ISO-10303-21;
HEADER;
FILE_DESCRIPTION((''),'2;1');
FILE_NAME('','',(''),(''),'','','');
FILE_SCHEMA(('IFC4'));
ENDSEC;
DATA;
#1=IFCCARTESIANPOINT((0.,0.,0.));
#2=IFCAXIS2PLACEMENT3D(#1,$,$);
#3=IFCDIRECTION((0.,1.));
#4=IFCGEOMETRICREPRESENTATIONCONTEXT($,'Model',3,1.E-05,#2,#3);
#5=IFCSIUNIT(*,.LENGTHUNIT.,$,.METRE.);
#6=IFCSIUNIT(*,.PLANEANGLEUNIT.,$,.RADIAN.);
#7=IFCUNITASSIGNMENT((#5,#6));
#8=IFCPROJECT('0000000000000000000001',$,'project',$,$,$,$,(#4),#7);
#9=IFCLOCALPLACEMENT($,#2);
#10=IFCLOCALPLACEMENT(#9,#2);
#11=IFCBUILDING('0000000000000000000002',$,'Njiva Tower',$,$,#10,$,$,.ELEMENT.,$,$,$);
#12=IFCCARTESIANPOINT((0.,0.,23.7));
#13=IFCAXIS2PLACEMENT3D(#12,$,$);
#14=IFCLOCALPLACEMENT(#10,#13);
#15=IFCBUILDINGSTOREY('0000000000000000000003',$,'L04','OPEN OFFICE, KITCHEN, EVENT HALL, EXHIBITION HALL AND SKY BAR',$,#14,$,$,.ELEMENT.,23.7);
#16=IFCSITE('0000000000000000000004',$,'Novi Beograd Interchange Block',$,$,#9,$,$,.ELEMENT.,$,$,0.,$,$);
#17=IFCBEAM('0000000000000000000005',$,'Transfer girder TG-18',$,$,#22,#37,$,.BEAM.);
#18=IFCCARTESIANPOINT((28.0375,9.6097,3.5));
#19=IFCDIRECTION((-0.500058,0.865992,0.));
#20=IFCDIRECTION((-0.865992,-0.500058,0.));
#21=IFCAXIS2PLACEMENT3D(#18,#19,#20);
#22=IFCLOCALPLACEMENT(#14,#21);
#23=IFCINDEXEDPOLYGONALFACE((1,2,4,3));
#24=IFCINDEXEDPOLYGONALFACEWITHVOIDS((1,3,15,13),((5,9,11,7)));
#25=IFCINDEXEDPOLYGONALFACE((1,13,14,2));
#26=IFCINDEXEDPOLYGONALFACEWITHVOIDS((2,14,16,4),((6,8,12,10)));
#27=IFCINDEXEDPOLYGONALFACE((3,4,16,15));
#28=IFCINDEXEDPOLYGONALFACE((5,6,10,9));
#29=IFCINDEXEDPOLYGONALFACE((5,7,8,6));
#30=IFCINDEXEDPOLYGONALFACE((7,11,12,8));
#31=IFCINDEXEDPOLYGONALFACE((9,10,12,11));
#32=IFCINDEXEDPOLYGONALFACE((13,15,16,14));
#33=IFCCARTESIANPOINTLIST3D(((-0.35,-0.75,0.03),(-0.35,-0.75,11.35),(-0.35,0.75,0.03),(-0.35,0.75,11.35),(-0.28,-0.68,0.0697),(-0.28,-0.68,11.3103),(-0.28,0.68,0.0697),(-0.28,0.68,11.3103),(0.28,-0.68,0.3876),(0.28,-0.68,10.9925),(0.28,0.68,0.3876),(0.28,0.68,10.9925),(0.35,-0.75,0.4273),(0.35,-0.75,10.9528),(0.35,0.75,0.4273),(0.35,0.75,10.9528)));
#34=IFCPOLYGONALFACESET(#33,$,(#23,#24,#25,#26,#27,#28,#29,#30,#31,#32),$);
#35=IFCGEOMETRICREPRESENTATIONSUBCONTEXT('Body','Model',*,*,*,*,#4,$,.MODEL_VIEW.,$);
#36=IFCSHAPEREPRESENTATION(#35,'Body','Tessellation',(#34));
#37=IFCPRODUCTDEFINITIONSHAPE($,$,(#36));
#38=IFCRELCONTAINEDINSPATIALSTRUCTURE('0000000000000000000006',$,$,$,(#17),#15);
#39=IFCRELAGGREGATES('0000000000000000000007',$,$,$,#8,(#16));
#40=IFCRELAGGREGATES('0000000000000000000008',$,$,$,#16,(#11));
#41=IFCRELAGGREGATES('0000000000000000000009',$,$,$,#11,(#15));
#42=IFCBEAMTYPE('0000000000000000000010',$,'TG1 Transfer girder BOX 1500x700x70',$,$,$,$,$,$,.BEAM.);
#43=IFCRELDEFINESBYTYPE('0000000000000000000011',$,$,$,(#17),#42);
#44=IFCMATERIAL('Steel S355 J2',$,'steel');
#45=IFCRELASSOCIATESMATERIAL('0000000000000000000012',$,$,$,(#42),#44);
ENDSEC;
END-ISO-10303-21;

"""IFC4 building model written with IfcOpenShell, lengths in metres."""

from ifc_helpers import new_model, si_unit, direction, frame, origin, origin_2d, place, context, subcontext, project, spatial, hollow_rectangle, extrude, clip, halfspace, material, material_profile, profile_set, type_object, element, save


model = new_model("IFC4")

# Units and contexts
model_context = context("Model", 3, precision=1e-05, world=origin(), true_north=direction((0.0, 1.0)))
body_context = subcontext(model_context, "Body", "Model", "MODEL_VIEW")
ifc_project = project(units=[si_unit("LENGTHUNIT", "METRE"), si_unit("PLANEANGLEUNIT", "RADIAN")], contexts=[model_context])

# Site, building, storey
site_placement = place(None, origin())
site = spatial("IfcSite", under=ifc_project, at=site_placement, Name="Novi Beograd Interchange Block", CompositionType="ELEMENT", RefElevation=0.0)
building_placement = place(site_placement, origin())
building = spatial("IfcBuilding", under=site, at=building_placement, Name="Njiva Tower", CompositionType="ELEMENT")
storey_placement = place(building_placement, frame((0.0, 0.0, 23.7)))
storey = spatial("IfcBuildingStorey", under=building, at=storey_placement, Name="L04", Description="OPEN OFFICE, KITCHEN, EVENT HALL, EXHIBITION HALL AND SKY BAR", CompositionType="ELEMENT", Elevation=23.7)

# Shared definitions
ifc_material_1 = material(Name="Steel S355 J2", Category="steel")

# Beam
ifc_material_profile_1 = material_profile(ifc_material_1, hollow_rectangle(XDim=0.7, YDim=1.5, WallThickness=0.07, at=origin_2d()), Name="BOX 1500x700x70")
ifc_profile_set_1 = profile_set([ifc_material_profile_1], Name="Steel S355 J2")
beam_type_1 = type_object("IfcBeamType", Name="TG1 Transfer girder BOX 1500x700x70", PredefinedType="BEAM", material=ifc_profile_set_1)
beam_1_placement = place(storey_placement, frame((28.0375, 9.6097, 3.5), z_axis=(-0.500058, 0.865992, 0.0), x_axis=(-0.865992, -0.500058, 0.0)))
element("IfcBeam", 1, at=beam_1_placement, inside=storey, type_object=beam_type_1, Name="Transfer girder TG-18", PredefinedType="BEAM", context=body_context, shape_type="Clipping", body=[
    clip(clip(extrude(hollow_rectangle(XDim=0.7, YDim=1.5, WallThickness=0.07, at=origin_2d()), origin(), (0.0, 0.0, 1.0), 11.3807), halfspace(frame((0.0006, 0.0, 0.229), z_axis=(0.493592, 0.0, -0.869693), x_axis=(0.0, -1.0, 0.0)), False)), halfspace(frame((-0.0002, 0.0, 11.1515), z_axis=(0.493484, 0.0, 0.869755), x_axis=(0.0, 1.0, 0.0)), False)),
])

save(model, "model.ifc")
